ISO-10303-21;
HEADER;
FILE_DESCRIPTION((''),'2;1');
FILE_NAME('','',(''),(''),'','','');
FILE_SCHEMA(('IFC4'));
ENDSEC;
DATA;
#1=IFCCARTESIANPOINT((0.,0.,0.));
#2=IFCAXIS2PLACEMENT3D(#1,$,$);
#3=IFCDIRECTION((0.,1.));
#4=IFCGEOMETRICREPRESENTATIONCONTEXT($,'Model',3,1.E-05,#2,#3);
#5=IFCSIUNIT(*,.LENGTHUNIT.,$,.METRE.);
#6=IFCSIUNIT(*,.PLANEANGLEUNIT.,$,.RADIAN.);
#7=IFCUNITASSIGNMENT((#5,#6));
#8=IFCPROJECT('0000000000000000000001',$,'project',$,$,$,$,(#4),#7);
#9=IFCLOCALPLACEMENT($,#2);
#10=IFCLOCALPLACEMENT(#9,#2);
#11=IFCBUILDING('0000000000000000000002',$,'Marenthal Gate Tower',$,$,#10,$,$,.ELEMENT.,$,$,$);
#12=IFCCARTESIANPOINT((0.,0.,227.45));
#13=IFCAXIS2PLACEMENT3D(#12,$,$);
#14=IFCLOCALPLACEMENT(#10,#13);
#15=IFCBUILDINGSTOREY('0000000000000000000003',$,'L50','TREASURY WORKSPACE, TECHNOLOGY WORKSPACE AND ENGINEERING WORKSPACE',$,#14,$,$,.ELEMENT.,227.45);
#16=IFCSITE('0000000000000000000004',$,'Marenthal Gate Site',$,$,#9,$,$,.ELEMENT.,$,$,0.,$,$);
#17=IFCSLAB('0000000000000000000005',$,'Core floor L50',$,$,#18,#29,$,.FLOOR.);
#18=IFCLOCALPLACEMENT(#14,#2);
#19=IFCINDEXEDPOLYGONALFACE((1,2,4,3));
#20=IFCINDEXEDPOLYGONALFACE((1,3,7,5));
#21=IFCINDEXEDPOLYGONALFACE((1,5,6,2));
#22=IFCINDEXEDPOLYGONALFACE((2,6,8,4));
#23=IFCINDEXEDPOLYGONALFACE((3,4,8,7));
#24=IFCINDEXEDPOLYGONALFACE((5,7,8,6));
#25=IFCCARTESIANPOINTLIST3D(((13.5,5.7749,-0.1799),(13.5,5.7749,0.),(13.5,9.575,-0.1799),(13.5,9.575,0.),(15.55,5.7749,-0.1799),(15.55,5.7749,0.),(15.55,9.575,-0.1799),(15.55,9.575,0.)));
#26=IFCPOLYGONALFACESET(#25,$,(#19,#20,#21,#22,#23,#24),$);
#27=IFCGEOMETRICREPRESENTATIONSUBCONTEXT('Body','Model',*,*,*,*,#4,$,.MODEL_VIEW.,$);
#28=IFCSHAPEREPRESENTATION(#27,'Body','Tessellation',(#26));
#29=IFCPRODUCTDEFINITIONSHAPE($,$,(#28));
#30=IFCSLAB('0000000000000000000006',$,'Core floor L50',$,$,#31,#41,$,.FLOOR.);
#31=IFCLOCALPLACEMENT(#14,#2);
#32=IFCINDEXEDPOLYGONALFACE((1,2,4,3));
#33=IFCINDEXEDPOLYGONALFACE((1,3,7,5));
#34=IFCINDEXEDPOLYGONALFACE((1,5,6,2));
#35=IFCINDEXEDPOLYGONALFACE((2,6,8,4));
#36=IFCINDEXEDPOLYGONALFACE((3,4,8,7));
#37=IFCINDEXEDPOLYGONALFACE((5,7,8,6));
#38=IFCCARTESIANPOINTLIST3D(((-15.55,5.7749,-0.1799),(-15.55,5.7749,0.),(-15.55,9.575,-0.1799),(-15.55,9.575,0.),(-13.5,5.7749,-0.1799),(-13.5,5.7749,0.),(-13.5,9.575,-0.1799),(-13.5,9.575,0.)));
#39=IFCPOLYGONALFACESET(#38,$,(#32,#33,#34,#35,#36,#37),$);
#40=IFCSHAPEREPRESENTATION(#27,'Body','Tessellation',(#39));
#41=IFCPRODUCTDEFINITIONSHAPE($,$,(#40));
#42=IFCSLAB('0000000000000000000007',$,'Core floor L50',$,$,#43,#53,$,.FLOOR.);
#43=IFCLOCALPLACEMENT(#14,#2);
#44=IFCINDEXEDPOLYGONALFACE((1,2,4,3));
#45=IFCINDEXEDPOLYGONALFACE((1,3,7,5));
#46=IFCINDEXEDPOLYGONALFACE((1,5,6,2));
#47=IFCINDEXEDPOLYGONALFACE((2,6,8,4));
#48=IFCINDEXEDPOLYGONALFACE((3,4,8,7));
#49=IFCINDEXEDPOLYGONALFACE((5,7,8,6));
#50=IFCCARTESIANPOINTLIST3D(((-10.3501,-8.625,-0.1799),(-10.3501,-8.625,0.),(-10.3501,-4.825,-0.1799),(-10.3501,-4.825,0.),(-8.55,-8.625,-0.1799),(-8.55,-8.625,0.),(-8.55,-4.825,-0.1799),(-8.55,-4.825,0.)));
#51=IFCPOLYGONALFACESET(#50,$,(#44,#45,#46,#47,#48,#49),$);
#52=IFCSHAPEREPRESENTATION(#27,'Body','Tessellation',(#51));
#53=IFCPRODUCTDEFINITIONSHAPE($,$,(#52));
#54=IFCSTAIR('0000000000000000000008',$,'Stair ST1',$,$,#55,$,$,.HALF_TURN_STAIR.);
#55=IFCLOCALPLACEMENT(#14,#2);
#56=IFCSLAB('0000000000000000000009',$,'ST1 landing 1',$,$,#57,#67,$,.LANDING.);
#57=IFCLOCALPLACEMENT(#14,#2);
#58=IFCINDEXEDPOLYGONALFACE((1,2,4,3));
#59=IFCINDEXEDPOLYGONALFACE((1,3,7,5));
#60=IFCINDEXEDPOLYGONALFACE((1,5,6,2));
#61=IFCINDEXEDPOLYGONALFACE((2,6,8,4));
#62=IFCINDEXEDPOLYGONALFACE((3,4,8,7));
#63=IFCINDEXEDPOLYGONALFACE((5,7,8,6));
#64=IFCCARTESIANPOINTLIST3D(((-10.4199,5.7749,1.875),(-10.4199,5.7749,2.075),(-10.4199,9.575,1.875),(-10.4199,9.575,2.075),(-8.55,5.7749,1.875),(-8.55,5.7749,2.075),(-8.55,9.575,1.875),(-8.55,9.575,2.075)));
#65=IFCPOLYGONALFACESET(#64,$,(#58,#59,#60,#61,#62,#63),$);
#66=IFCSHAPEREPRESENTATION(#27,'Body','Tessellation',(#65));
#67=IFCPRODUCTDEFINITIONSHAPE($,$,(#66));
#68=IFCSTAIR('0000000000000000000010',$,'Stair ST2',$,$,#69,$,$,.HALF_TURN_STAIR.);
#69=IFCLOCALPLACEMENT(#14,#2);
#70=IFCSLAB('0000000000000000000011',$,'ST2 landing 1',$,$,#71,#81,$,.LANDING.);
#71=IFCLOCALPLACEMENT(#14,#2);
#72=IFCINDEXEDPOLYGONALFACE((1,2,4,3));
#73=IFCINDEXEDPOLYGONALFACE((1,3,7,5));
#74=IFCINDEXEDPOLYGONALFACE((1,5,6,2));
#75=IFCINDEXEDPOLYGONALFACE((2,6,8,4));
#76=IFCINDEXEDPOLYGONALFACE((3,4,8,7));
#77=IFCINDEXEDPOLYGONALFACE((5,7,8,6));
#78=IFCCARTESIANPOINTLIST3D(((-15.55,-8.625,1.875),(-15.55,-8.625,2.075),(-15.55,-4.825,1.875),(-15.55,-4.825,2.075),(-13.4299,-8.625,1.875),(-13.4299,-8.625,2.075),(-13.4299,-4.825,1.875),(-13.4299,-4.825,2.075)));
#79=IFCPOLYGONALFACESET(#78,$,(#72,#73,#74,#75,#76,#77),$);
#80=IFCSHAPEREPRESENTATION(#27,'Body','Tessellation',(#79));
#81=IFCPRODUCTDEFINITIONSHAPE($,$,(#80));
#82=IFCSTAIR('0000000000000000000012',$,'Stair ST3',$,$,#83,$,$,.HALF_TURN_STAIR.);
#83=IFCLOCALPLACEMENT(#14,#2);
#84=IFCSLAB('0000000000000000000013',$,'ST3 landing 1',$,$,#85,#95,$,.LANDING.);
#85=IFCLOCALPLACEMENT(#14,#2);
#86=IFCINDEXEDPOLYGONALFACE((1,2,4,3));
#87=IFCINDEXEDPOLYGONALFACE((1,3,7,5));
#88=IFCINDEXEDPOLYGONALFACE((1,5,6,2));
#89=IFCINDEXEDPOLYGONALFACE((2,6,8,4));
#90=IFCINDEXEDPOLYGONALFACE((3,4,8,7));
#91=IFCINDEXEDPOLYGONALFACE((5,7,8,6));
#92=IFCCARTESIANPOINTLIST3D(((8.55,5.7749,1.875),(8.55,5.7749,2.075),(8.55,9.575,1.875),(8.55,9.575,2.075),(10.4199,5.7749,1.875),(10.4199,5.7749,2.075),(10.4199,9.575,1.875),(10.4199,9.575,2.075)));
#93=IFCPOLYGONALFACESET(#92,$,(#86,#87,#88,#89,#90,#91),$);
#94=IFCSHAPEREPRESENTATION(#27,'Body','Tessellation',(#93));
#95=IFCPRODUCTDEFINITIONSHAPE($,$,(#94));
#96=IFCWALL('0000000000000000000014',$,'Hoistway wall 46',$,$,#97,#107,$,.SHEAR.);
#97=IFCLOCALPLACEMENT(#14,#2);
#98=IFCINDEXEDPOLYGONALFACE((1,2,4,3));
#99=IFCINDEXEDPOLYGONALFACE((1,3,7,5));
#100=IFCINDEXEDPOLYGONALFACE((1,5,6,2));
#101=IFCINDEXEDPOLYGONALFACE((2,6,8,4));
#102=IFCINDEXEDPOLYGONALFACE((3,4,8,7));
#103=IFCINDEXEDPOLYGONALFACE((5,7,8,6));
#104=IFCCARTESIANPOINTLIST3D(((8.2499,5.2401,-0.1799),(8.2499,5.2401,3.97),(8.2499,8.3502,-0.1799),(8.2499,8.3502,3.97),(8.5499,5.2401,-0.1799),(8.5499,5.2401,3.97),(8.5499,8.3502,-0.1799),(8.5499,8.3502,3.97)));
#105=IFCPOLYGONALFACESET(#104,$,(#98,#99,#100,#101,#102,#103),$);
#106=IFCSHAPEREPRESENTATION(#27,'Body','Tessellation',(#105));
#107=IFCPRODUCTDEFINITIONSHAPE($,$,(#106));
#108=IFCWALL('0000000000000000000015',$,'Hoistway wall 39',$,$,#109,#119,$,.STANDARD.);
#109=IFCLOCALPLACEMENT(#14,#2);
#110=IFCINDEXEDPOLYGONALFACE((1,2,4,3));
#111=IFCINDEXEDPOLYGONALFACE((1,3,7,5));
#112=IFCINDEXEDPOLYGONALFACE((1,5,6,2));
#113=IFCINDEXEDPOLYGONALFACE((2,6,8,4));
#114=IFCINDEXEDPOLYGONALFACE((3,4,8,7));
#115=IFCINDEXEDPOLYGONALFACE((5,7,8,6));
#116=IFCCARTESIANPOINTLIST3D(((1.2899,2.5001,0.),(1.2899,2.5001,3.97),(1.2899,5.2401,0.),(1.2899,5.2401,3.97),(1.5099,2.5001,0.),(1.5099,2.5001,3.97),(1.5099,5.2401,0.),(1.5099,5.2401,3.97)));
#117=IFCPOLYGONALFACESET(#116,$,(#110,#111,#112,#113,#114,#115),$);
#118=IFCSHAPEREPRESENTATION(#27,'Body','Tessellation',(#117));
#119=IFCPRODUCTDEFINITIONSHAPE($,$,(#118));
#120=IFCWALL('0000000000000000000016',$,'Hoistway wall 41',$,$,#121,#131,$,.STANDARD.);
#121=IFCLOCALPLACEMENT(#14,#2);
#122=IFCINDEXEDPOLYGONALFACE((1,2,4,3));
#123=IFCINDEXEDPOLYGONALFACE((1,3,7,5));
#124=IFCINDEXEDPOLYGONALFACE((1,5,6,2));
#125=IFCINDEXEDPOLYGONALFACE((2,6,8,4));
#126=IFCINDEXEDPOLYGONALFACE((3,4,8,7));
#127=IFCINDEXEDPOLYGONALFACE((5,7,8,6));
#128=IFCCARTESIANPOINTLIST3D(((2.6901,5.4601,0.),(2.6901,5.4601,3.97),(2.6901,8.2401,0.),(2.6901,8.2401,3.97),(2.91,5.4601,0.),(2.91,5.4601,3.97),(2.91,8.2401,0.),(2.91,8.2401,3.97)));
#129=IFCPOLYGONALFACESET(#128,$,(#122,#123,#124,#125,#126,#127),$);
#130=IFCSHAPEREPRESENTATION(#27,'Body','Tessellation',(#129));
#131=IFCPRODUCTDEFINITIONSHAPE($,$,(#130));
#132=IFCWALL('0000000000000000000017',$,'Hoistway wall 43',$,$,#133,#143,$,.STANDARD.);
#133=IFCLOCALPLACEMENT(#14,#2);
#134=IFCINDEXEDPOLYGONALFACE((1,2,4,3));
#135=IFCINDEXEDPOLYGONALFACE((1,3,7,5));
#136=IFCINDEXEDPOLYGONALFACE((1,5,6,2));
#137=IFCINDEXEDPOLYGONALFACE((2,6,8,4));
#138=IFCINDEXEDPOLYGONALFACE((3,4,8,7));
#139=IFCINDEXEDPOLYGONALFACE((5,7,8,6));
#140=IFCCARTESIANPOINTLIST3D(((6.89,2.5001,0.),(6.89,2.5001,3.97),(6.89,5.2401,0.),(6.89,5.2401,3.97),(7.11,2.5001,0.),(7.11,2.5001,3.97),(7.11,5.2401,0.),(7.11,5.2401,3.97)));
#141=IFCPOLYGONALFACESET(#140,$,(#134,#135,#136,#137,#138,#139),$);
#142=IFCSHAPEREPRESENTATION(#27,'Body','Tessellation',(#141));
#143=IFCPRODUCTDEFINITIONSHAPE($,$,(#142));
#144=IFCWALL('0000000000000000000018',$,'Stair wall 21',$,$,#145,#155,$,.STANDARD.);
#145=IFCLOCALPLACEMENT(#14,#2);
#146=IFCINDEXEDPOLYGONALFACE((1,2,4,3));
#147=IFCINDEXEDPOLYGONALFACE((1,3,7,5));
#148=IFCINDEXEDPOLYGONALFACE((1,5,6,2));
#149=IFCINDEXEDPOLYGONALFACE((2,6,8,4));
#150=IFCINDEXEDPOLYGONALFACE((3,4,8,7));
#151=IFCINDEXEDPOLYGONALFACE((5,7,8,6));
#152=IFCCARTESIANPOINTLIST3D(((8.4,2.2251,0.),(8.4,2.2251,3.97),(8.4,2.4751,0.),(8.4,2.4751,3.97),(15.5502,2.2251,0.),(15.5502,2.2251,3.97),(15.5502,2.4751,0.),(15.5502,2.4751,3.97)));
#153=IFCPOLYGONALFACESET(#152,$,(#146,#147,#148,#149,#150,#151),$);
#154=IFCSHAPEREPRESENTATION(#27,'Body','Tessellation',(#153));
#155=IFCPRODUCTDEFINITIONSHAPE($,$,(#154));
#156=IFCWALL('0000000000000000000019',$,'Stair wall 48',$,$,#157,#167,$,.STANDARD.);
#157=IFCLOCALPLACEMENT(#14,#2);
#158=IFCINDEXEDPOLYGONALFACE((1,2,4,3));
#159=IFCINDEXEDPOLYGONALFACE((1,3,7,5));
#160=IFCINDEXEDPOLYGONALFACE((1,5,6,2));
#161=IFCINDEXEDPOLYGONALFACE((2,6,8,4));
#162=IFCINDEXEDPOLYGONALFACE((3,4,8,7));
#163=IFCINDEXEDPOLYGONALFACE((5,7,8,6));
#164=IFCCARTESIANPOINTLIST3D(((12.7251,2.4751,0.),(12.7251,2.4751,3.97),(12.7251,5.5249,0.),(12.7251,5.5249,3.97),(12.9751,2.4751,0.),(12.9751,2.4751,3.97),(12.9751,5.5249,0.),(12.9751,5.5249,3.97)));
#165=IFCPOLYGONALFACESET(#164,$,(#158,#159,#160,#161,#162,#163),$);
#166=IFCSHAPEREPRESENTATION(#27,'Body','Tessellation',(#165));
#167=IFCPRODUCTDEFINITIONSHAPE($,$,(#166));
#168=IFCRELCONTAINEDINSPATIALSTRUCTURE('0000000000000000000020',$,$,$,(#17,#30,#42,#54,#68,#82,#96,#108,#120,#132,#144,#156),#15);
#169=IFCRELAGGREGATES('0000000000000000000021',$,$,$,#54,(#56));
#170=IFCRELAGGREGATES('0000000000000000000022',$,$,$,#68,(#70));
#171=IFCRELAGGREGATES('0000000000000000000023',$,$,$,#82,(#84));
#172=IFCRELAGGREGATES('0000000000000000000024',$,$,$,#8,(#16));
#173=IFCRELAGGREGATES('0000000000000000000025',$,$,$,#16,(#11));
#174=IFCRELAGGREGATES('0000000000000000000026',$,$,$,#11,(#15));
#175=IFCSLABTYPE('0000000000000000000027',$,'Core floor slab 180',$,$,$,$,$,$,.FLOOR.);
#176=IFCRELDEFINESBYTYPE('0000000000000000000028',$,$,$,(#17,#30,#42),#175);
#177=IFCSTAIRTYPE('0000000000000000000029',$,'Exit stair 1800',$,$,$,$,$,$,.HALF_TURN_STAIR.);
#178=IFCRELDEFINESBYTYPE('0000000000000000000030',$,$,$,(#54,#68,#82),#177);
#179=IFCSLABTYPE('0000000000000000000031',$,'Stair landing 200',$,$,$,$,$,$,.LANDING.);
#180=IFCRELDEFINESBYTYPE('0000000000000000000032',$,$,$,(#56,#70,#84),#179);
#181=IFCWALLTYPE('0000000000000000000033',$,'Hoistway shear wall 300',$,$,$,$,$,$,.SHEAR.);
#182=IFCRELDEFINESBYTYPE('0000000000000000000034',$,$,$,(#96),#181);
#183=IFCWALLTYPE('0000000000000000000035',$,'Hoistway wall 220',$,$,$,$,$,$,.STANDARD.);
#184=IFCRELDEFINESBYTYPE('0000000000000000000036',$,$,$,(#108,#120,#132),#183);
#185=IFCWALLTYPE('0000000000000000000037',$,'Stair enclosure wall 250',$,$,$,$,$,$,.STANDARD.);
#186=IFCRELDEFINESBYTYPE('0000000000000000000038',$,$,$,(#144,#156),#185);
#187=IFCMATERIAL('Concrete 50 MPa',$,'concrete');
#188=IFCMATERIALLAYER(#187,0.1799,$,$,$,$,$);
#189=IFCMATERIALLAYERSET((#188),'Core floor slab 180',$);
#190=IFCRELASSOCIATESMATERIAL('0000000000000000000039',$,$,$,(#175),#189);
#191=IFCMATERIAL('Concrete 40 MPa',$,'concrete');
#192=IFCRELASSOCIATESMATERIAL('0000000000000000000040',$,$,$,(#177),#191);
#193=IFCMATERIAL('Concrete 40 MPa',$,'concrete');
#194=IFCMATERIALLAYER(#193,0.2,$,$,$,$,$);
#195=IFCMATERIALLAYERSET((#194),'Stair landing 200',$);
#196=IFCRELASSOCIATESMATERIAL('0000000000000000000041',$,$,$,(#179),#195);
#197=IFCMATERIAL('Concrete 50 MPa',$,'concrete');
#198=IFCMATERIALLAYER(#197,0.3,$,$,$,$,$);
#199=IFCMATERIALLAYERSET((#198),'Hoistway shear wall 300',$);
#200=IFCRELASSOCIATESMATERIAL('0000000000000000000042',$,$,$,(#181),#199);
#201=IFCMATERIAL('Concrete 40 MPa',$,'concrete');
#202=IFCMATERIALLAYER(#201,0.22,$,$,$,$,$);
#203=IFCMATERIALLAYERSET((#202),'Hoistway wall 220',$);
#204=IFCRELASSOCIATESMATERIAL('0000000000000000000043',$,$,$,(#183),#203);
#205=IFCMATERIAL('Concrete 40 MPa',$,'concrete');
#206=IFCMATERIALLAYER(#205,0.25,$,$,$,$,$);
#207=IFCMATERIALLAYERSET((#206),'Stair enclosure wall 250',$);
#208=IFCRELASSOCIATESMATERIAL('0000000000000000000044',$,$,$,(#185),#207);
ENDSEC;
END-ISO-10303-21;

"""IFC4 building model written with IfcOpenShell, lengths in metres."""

from ifc_helpers import new_model, si_unit, direction, frame, frame_2d, origin, place, context, subcontext, project, spatial, polyline, rectangle, outline, extrude, material, layer, layer_set, type_object, element, aggregate, save


model = new_model("IFC4")

# Units and contexts
model_context = context("Model", 3, precision=1e-05, world=origin(), true_north=direction((0.0, 1.0)))
body_context = subcontext(model_context, "Body", "Model", "MODEL_VIEW")
ifc_project = project(units=[si_unit("LENGTHUNIT", "METRE"), si_unit("PLANEANGLEUNIT", "RADIAN")], contexts=[model_context])

# Site, building, storey
site_placement = place(None, origin())
site = spatial("IfcSite", under=ifc_project, at=site_placement, Name="Marenthal Gate Site", CompositionType="ELEMENT", RefElevation=0.0)
building_placement = place(site_placement, origin())
building = spatial("IfcBuilding", under=site, at=building_placement, Name="Marenthal Gate Tower", CompositionType="ELEMENT")
storey_placement = place(building_placement, frame((0.0, 0.0, 227.45)))
storey = spatial("IfcBuildingStorey", under=building, at=storey_placement, Name="L50", Description="TREASURY WORKSPACE, TECHNOLOGY WORKSPACE AND ENGINEERING WORKSPACE", CompositionType="ELEMENT", Elevation=227.45)

# Slabs
ifc_material_1 = material(Name="Concrete 50 MPa", Category="concrete")
ifc_layer_1 = layer(ifc_material_1, 0.1799)
ifc_layer_set_1 = layer_set([ifc_layer_1], Name="Core floor slab 180")
slab_type_1 = type_object("IfcSlabType", Name="Core floor slab 180", PredefinedType="FLOOR", material=ifc_layer_set_1)
slab_1_placement = place(storey_placement, frame((0.0, 0.0, -0.1799)))
element("IfcSlab", 1, at=slab_1_placement, inside=storey, type_object=slab_type_1, Name="Core floor L50", PredefinedType="FLOOR", context=body_context, shape_type="SweptSolid", body=[
    extrude(outline(polyline([(15.55, 5.7749), (13.5, 5.7749), (13.5, 9.575), (15.55, 9.575), (15.55, 5.7749)])), origin(), (0.0, 0.0, 1.0), 0.1799),
])
slab_2_placement = place(storey_placement, frame((0.0, 0.0, -0.1799)))
element("IfcSlab", 2, at=slab_2_placement, inside=storey, type_object=slab_type_1, Name="Core floor L50", PredefinedType="FLOOR", context=body_context, shape_type="SweptSolid", body=[
    extrude(outline(polyline([(-15.55, 9.575), (-13.5, 9.575), (-13.5, 5.7749), (-15.55, 5.7749), (-15.55, 9.575)])), origin(), (0.0, 0.0, 1.0), 0.1799),
])
slab_3_placement = place(storey_placement, frame((0.0, 0.0, -0.1799)))
element("IfcSlab", 3, at=slab_3_placement, inside=storey, type_object=slab_type_1, Name="Core floor L50", PredefinedType="FLOOR", context=body_context, shape_type="SweptSolid", body=[
    extrude(outline(polyline([(-8.55, -8.625), (-10.3501, -8.625), (-10.3501, -4.825), (-8.55, -4.825), (-8.55, -8.625)])), origin(), (0.0, 0.0, 1.0), 0.1799),
])

# Stairs, slabs
ifc_material_2 = material(Name="Concrete 40 MPa", Category="concrete")
stair_type = type_object("IfcStairType", Name="Exit stair 1800", PredefinedType="HALF_TURN_STAIR", material=ifc_material_2)
stair_1_placement = place(storey_placement, origin())
stair_1 = element("IfcStair", 4, at=stair_1_placement, inside=storey, type_object=stair_type, Name="Stair ST1", PredefinedType="HALF_TURN_STAIR")
ifc_material_3 = material(Name="Concrete 40 MPa", Category="concrete")
ifc_layer_2 = layer(ifc_material_3, 0.2)
ifc_layer_set_2 = layer_set([ifc_layer_2], Name="Stair landing 200")
slab_type_2 = type_object("IfcSlabType", Name="Stair landing 200", PredefinedType="LANDING", material=ifc_layer_set_2)
slab_4_placement = place(storey_placement, frame((0.0, 0.0, 1.875)))
slab_4 = element("IfcSlab", 5, at=slab_4_placement, type_object=slab_type_2, Name="ST1 landing 1", PredefinedType="LANDING", context=body_context, shape_type="SweptSolid", body=[
    extrude(outline(polyline([(-10.4199, 5.7749), (-8.55, 5.7749), (-8.55, 9.575), (-10.4199, 9.575), (-10.4199, 5.7749)])), origin(), (0.0, 0.0, 1.0), 0.2),
])
aggregate(stair_1, [slab_4])
stair_2_placement = place(storey_placement, origin())
stair_2 = element("IfcStair", 6, at=stair_2_placement, inside=storey, type_object=stair_type, Name="Stair ST2", PredefinedType="HALF_TURN_STAIR")
slab_5_placement = place(storey_placement, frame((0.0, 0.0, 1.875)))
slab_5 = element("IfcSlab", 7, at=slab_5_placement, type_object=slab_type_2, Name="ST2 landing 1", PredefinedType="LANDING", context=body_context, shape_type="SweptSolid", body=[
    extrude(outline(polyline([(-15.55, -8.625), (-13.4299, -8.625), (-13.4299, -4.825), (-15.55, -4.825), (-15.55, -8.625)])), origin(), (0.0, 0.0, 1.0), 0.2),
])
aggregate(stair_2, [slab_5])
stair_3_placement = place(storey_placement, origin())
stair_3 = element("IfcStair", 8, at=stair_3_placement, inside=storey, type_object=stair_type, Name="Stair ST3", PredefinedType="HALF_TURN_STAIR")
slab_6_placement = place(storey_placement, frame((0.0, 0.0, 1.875)))
slab_6 = element("IfcSlab", 9, at=slab_6_placement, type_object=slab_type_2, Name="ST3 landing 1", PredefinedType="LANDING", context=body_context, shape_type="SweptSolid", body=[
    extrude(outline(polyline([(8.55, 5.7749), (10.4199, 5.7749), (10.4199, 9.575), (8.55, 9.575), (8.55, 5.7749)])), origin(), (0.0, 0.0, 1.0), 0.2),
])

# Walls
ifc_material_4 = material(Name="Concrete 50 MPa", Category="concrete")
ifc_layer_3 = layer(ifc_material_4, 0.3)
ifc_layer_set_3 = layer_set([ifc_layer_3], Name="Hoistway shear wall 300")
wall_type_1 = type_object("IfcWallType", Name="Hoistway shear wall 300", PredefinedType="SHEAR", material=ifc_layer_set_3)
wall_1_placement = place(storey_placement, frame((8.3999, 5.24, -0.1799), z_axis=(0.0, 0.0, 1.0), x_axis=(0.0, 1.0, 0.0)))
element("IfcWall", 10, at=wall_1_placement, inside=storey, type_object=wall_type_1, Name="Hoistway wall 46", PredefinedType="SHEAR", context=body_context, shape_type="SweptSolid", body=[
    extrude(rectangle(XDim=3.1101, YDim=0.3, at=frame_2d((1.5552, 0.0))), origin(), (0.0, 0.0, 1.0), 4.1499),
])
ifc_material_5 = material(Name="Concrete 40 MPa", Category="concrete")
ifc_layer_4 = layer(ifc_material_5, 0.22)
ifc_layer_set_4 = layer_set([ifc_layer_4], Name="Hoistway wall 220")
wall_type_2 = type_object("IfcWallType", Name="Hoistway wall 220", PredefinedType="STANDARD", material=ifc_layer_set_4)
wall_2_placement = place(storey_placement, frame((1.3999, 2.5, 0.0), z_axis=(0.0, 0.0, 1.0), x_axis=(0.0, 1.0, 0.0)))
element("IfcWall", 11, at=wall_2_placement, inside=storey, type_object=wall_type_2, Name="Hoistway wall 39", PredefinedType="STANDARD", context=body_context, shape_type="SweptSolid", body=[
    extrude(rectangle(XDim=2.74, YDim=0.22, at=frame_2d((1.3701, 0.0))), origin(), (0.0, 0.0, 1.0), 3.97),
])
wall_3_placement = place(storey_placement, frame((2.8, 5.46, 0.0), z_axis=(0.0, 0.0, 1.0), x_axis=(0.0, 1.0, 0.0)))
element("IfcWall", 12, at=wall_3_placement, inside=storey, type_object=wall_type_2, Name="Hoistway wall 41", PredefinedType="STANDARD", context=body_context, shape_type="SweptSolid", body=[
    extrude(rectangle(XDim=2.78, YDim=0.22, at=frame_2d((1.3901, 0.0))), origin(), (0.0, 0.0, 1.0), 3.97),
])
wall_4_placement = place(storey_placement, frame((7.0, 2.5, 0.0), z_axis=(0.0, 0.0, 1.0), x_axis=(0.0, 1.0, 0.0)))
element("IfcWall", 13, at=wall_4_placement, inside=storey, type_object=wall_type_2, Name="Hoistway wall 43", PredefinedType="STANDARD", context=body_context, shape_type="SweptSolid", body=[
    extrude(rectangle(XDim=2.74, YDim=0.22, at=frame_2d((1.3701, 0.0))), origin(), (0.0, 0.0, 1.0), 3.97),
])
ifc_material_6 = material(Name="Concrete 40 MPa", Category="concrete")
ifc_layer_5 = layer(ifc_material_6, 0.25)
ifc_layer_set_5 = layer_set([ifc_layer_5], Name="Stair enclosure wall 250")
wall_type_3 = type_object("IfcWallType", Name="Stair enclosure wall 250", PredefinedType="STANDARD", material=ifc_layer_set_5)
wall_5_placement = place(storey_placement, frame((8.3999, 2.3501, 0.0), z_axis=(0.0, 0.0, 1.0), x_axis=(1.0, 0.0, 0.0)))
element("IfcWall", 14, at=wall_5_placement, inside=storey, type_object=wall_type_3, Name="Stair wall 21", PredefinedType="STANDARD", context=body_context, shape_type="SweptSolid", body=[
    extrude(rectangle(XDim=7.1501, YDim=0.25, at=frame_2d((3.5752, 0.0))), origin(), (0.0, 0.0, 1.0), 3.97),
])
wall_6_placement = place(storey_placement, frame((12.8501, 2.4751, 0.0), z_axis=(0.0, 0.0, 1.0), x_axis=(0.0, 1.0, 0.0)))
element("IfcWall", 15, at=wall_6_placement, inside=storey, type_object=wall_type_3, Name="Stair wall 48", PredefinedType="STANDARD", context=body_context, shape_type="SweptSolid", body=[
    extrude(rectangle(XDim=3.0498, YDim=0.25, at=frame_2d((1.5249, 0.0))), origin(), (0.0, 0.0, 1.0), 3.97),
])

aggregate(stair_3, [slab_6])

save(model, "model.ifc")
